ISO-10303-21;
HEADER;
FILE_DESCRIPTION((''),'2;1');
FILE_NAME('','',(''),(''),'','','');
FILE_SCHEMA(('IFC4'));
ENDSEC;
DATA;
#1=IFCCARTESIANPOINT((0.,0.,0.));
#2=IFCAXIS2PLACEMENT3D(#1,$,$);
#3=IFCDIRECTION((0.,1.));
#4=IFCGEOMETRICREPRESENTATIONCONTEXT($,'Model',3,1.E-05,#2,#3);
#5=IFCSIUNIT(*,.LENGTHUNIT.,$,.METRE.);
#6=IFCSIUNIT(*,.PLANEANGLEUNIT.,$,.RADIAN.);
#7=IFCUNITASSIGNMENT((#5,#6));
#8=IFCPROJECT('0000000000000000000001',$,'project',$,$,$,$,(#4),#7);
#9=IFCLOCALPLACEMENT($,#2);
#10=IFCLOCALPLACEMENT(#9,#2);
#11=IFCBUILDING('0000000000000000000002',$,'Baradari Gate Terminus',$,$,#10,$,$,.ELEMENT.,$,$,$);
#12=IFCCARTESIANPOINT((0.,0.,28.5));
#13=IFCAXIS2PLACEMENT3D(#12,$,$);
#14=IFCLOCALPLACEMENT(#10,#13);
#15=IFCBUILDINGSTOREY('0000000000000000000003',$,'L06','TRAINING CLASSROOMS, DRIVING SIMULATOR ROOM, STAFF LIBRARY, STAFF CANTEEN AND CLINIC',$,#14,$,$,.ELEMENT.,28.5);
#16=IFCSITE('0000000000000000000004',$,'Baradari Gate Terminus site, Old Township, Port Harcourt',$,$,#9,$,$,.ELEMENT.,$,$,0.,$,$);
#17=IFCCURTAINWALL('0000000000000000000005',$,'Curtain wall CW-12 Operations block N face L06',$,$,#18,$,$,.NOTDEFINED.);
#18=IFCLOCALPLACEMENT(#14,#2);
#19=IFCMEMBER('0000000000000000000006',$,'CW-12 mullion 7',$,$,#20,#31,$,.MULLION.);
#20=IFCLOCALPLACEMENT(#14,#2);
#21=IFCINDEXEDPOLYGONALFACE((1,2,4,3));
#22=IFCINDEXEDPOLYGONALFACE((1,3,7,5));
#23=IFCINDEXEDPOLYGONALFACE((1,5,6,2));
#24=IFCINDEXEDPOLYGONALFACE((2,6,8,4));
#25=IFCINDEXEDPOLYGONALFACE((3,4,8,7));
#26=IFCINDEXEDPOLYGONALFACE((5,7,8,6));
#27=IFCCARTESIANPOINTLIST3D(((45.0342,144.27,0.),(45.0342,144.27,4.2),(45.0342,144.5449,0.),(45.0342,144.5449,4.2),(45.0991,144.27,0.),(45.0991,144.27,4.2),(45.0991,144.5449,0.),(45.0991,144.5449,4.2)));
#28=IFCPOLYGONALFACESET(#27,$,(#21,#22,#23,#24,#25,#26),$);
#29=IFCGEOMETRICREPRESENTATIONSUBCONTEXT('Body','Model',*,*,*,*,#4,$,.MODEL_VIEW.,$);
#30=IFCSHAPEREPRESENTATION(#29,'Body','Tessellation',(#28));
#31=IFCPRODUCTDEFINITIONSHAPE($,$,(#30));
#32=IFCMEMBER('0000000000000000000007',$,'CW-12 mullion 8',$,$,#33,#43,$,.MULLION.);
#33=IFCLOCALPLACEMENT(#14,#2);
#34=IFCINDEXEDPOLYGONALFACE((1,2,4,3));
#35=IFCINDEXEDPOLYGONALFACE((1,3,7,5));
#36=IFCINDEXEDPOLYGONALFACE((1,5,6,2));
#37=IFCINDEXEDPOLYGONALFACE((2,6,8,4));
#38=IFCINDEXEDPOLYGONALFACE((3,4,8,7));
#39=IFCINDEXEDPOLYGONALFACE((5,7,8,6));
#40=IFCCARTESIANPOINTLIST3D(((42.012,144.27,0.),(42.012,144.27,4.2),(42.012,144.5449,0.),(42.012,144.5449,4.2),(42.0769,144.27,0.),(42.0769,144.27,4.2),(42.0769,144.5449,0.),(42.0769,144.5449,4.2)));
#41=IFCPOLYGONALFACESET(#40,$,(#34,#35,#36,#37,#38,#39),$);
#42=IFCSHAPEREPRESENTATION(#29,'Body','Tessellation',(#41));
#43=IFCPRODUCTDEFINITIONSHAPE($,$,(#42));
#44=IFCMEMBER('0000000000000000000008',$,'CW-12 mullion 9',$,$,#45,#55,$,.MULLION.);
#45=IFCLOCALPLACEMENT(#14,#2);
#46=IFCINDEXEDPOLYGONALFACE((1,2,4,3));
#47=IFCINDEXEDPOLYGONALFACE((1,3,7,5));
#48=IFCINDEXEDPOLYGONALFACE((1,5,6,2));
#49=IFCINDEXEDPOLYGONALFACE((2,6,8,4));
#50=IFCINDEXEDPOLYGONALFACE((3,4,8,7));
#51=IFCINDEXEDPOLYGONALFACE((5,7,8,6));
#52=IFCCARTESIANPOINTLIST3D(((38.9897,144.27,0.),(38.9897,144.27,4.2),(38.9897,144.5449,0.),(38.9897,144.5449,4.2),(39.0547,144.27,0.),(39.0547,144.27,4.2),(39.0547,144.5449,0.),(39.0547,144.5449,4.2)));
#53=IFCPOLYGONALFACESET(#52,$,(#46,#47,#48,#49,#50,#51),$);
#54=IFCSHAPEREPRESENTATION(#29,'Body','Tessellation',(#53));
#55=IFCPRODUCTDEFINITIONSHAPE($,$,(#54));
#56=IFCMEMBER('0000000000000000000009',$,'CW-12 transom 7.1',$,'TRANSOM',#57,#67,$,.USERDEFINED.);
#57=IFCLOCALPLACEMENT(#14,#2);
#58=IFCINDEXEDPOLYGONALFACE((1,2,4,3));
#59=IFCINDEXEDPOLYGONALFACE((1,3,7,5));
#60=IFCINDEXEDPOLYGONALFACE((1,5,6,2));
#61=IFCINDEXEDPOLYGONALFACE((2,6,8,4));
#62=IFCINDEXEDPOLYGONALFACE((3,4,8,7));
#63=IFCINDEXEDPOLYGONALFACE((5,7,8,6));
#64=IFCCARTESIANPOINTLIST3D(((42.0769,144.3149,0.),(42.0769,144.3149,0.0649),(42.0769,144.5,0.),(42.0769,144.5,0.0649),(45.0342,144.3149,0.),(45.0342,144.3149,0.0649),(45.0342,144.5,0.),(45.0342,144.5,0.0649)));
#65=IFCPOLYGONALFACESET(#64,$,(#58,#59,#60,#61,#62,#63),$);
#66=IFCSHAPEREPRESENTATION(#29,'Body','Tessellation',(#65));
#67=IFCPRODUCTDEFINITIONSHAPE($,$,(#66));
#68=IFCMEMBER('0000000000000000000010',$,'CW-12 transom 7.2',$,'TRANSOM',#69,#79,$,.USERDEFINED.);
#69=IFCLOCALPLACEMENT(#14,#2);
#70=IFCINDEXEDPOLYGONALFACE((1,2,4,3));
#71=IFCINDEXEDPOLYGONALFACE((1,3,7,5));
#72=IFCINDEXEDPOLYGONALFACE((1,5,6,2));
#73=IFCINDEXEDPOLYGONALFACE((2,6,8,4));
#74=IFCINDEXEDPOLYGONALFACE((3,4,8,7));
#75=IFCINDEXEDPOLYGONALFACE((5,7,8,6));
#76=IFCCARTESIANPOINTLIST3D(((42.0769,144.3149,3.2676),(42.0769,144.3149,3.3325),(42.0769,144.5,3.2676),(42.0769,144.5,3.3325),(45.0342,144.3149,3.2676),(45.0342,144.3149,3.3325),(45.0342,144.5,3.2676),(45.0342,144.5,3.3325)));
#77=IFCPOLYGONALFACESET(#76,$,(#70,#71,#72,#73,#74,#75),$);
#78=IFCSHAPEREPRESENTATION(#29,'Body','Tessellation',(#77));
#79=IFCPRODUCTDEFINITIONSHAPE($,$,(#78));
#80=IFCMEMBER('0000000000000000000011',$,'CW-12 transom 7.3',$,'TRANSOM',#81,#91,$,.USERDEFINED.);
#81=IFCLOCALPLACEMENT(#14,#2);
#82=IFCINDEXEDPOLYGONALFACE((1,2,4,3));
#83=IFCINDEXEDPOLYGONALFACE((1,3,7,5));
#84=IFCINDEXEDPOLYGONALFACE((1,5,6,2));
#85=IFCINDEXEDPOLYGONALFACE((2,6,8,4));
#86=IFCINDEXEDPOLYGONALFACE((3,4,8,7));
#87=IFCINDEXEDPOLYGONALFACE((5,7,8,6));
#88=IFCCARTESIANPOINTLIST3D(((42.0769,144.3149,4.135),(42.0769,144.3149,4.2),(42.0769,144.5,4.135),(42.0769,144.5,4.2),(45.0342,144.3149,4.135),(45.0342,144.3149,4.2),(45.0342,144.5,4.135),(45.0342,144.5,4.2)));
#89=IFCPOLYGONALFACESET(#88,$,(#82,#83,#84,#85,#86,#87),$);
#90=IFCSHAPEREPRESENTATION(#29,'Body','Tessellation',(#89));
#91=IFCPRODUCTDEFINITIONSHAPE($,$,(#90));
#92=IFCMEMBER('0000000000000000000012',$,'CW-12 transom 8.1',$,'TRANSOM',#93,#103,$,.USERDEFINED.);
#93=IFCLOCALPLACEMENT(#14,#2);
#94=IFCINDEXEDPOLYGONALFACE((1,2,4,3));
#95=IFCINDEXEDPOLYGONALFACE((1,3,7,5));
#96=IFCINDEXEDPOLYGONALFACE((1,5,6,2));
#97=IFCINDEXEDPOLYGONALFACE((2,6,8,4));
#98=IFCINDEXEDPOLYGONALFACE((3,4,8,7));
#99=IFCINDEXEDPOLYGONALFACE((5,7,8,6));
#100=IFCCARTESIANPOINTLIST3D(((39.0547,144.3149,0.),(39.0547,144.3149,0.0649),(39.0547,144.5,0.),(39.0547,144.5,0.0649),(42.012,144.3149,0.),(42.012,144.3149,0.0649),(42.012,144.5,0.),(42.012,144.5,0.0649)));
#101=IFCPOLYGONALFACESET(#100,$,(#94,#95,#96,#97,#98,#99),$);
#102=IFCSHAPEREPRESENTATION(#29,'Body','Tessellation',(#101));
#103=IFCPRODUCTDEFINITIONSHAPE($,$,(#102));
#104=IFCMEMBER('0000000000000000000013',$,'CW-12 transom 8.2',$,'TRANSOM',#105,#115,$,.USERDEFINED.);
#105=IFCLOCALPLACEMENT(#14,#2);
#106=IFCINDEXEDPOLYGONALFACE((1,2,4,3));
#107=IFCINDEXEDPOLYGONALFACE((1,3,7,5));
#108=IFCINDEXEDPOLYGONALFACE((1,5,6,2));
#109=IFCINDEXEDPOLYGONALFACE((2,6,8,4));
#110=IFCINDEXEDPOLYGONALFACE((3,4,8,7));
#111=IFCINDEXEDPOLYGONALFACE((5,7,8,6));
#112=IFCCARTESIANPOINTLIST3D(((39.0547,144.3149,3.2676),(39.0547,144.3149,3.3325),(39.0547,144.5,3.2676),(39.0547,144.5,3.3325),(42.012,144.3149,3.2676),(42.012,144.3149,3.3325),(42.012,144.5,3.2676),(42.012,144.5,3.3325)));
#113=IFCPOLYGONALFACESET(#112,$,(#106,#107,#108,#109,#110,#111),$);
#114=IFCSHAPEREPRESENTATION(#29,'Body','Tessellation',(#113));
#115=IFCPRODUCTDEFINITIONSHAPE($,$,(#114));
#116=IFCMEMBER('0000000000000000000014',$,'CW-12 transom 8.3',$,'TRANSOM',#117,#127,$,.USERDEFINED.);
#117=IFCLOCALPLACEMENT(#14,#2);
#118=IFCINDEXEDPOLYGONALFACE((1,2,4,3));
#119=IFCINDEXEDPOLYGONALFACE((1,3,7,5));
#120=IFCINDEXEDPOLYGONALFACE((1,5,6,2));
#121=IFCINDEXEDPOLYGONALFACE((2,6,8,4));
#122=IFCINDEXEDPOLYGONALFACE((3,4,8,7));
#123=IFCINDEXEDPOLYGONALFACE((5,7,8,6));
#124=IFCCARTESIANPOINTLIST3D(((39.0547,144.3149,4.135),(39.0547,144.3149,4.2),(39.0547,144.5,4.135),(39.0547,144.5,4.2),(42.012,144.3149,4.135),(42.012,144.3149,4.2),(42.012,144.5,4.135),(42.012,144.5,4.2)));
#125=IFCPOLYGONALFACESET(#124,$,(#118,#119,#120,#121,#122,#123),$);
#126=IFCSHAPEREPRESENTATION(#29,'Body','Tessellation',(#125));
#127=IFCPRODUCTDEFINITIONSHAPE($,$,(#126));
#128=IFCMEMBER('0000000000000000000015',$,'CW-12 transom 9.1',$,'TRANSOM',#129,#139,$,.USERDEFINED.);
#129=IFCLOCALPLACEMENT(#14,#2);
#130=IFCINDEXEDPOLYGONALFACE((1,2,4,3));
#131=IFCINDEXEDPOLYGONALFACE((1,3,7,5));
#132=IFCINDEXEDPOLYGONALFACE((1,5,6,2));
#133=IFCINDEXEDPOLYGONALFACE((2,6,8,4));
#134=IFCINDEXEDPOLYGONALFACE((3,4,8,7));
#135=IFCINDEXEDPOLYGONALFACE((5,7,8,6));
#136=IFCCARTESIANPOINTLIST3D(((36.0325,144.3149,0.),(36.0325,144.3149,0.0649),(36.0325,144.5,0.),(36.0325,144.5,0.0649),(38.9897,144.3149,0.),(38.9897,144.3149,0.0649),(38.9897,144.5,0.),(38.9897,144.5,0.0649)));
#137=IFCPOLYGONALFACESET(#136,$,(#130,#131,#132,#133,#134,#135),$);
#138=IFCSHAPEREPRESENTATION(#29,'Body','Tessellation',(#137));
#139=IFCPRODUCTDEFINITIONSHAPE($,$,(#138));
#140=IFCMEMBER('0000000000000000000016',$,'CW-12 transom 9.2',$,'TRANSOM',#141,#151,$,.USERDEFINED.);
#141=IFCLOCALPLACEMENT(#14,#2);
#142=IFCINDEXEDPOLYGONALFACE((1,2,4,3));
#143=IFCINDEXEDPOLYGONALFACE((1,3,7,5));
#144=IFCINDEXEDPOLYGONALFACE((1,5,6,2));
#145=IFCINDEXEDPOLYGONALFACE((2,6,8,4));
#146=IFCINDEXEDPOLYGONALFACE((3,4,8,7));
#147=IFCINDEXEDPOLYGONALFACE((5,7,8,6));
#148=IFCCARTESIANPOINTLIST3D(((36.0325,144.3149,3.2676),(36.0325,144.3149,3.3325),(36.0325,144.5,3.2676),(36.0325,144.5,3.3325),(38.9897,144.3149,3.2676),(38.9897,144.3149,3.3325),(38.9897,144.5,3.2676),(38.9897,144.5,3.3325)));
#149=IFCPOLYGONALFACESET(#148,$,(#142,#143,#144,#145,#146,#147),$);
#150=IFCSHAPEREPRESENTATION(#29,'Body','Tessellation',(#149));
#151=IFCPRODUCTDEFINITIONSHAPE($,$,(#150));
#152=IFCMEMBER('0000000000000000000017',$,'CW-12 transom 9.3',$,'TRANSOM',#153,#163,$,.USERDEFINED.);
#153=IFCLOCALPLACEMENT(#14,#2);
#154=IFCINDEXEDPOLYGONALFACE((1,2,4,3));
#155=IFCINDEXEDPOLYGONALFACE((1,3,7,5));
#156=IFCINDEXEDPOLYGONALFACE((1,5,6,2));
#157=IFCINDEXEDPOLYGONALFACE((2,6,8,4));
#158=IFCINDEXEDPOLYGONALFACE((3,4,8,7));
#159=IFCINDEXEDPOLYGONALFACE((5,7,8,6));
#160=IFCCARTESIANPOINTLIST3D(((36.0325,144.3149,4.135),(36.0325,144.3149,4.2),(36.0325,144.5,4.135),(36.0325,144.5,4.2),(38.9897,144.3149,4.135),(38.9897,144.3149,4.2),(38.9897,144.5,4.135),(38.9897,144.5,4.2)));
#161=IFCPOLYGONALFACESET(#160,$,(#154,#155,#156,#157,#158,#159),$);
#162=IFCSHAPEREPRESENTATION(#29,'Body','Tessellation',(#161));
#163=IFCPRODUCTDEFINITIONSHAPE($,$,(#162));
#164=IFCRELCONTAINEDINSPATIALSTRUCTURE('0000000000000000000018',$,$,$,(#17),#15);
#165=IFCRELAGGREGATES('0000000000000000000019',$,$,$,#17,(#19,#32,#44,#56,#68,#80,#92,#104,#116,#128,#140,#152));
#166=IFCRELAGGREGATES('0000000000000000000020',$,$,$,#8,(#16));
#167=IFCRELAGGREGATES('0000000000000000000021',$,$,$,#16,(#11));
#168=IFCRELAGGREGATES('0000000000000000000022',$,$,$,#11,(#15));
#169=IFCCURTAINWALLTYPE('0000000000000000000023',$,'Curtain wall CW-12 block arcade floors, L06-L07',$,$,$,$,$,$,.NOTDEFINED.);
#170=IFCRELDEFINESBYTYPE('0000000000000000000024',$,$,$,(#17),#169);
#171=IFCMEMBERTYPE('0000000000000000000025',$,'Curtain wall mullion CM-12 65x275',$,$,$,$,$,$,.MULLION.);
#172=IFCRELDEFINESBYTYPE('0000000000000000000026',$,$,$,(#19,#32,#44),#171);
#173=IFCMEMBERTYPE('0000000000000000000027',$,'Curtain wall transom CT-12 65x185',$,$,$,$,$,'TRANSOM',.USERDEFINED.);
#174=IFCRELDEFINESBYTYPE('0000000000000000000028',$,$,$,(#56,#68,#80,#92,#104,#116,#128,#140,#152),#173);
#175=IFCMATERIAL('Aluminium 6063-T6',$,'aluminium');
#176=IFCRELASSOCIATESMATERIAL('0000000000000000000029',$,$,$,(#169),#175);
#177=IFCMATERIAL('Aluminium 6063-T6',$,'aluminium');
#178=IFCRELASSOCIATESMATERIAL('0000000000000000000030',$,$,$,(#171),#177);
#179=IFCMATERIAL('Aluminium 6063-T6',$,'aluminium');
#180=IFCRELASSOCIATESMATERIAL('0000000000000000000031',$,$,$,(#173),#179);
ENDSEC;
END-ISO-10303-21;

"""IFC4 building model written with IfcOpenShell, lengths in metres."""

from ifc_helpers import new_model, si_unit, direction, frame, origin, origin_2d, place, context, subcontext, project, spatial, rectangle, extrude, material, material_profile, profile_set, type_object, element, aggregate, save


model = new_model("IFC4")

# Units and contexts
model_context = context("Model", 3, precision=1e-05, world=origin(), true_north=direction((0.0, 1.0)))
body_context = subcontext(model_context, "Body", "Model", "MODEL_VIEW")
ifc_project = project(units=[si_unit("LENGTHUNIT", "METRE"), si_unit("PLANEANGLEUNIT", "RADIAN")], contexts=[model_context])

# Site, building, storey
site_placement = place(None, origin())
site = spatial("IfcSite", under=ifc_project, at=site_placement, Name="Baradari Gate Terminus site, Old Township, Port Harcourt", CompositionType="ELEMENT", RefElevation=0.0)
building_placement = place(site_placement, origin())
building = spatial("IfcBuilding", under=site, at=building_placement, Name="Baradari Gate Terminus", CompositionType="ELEMENT")
storey_placement = place(building_placement, frame((0.0, 0.0, 28.5)))
storey = spatial("IfcBuildingStorey", under=building, at=storey_placement, Name="L06", Description="TRAINING CLASSROOMS, DRIVING SIMULATOR ROOM, STAFF LIBRARY, STAFF CANTEEN AND CLINIC", CompositionType="ELEMENT", Elevation=28.5)

# Curtain wall, members
ifc_material_1 = material(Name="Aluminium 6063-T6", Category="aluminium")
curtain_wall_type = type_object("IfcCurtainWallType", Name="Curtain wall CW-12 block arcade floors, L06-L07", PredefinedType="NOTDEFINED", material=ifc_material_1)
curtain_wall_placement = place(storey_placement, origin())
curtain_wall = element("IfcCurtainWall", 1, at=curtain_wall_placement, inside=storey, type_object=curtain_wall_type, Name="Curtain wall CW-12 Operations block N face L06", PredefinedType="NOTDEFINED")
ifc_material_2 = material(Name="Aluminium 6063-T6", Category="aluminium")
ifc_material_profile_1 = material_profile(ifc_material_2, rectangle(XDim=0.2749, YDim=0.0649, at=origin_2d()), Name="CM-12 65X275")
ifc_profile_set_1 = profile_set([ifc_material_profile_1], Name="Aluminium 6063-T6")
member_type_1 = type_object("IfcMemberType", Name="Curtain wall mullion CM-12 65x275", PredefinedType="MULLION", material=ifc_profile_set_1)
member_1_placement = place(storey_placement, frame((45.0667, 144.4075, 0.0), z_axis=(0.0, 0.0, 1.0), x_axis=(0.0, -1.0, 0.0)))
member_1 = element("IfcMember", 2, at=member_1_placement, type_object=member_type_1, Name="CW-12 mullion 7", PredefinedType="MULLION", context=body_context, shape_type="SweptSolid", body=[
    extrude(rectangle(XDim=0.2749, YDim=0.0649, at=origin_2d()), origin(), (0.0, 0.0, 1.0), 4.2),
])
member_2_placement = place(storey_placement, frame((42.0444, 144.4075, 0.0), z_axis=(0.0, 0.0, 1.0), x_axis=(0.0, -1.0, 0.0)))
member_2 = element("IfcMember", 3, at=member_2_placement, type_object=member_type_1, Name="CW-12 mullion 8", PredefinedType="MULLION", context=body_context, shape_type="SweptSolid", body=[
    extrude(rectangle(XDim=0.2749, YDim=0.0649, at=origin_2d()), origin(), (0.0, 0.0, 1.0), 4.2),
])
member_3_placement = place(storey_placement, frame((39.0222, 144.4075, 0.0), z_axis=(0.0, 0.0, 1.0), x_axis=(0.0, -1.0, 0.0)))
member_3 = element("IfcMember", 4, at=member_3_placement, type_object=member_type_1, Name="CW-12 mullion 9", PredefinedType="MULLION", context=body_context, shape_type="SweptSolid", body=[
    extrude(rectangle(XDim=0.2749, YDim=0.0649, at=origin_2d()), origin(), (0.0, 0.0, 1.0), 4.2),
])
ifc_material_3 = material(Name="Aluminium 6063-T6", Category="aluminium")
ifc_material_profile_2 = material_profile(ifc_material_3, rectangle(XDim=0.1851, YDim=0.0649, at=origin_2d()), Name="CT-12 65X185")
ifc_profile_set_2 = profile_set([ifc_material_profile_2], Name="Aluminium 6063-T6")
member_type_2 = type_object("IfcMemberType", Name="Curtain wall transom CT-12 65x185", ElementType="TRANSOM", PredefinedType="USERDEFINED", material=ifc_profile_set_2)
member_4_placement = place(storey_placement, frame((45.0342, 144.4075, 0.0325), z_axis=(-1.0, 0.0, 0.0), x_axis=(0.0, -1.0, 0.0)))
member_4 = element("IfcMember", 5, at=member_4_placement, type_object=member_type_2, Name="CW-12 transom 7.1", ObjectType="TRANSOM", PredefinedType="USERDEFINED", context=body_context, shape_type="SweptSolid", body=[
    extrude(rectangle(XDim=0.1851, YDim=0.0649, at=origin_2d()), origin(), (0.0, 0.0, 1.0), 2.9573),
])
member_5_placement = place(storey_placement, frame((45.0342, 144.4075, 3.3), z_axis=(-1.0, 0.0, 0.0), x_axis=(0.0, -1.0, 0.0)))
member_5 = element("IfcMember", 6, at=member_5_placement, type_object=member_type_2, Name="CW-12 transom 7.2", ObjectType="TRANSOM", PredefinedType="USERDEFINED", context=body_context, shape_type="SweptSolid", body=[
    extrude(rectangle(XDim=0.1851, YDim=0.0649, at=origin_2d()), origin(), (0.0, 0.0, 1.0), 2.9573),
])
member_6_placement = place(storey_placement, frame((45.0342, 144.4075, 4.1675), z_axis=(-1.0, 0.0, 0.0), x_axis=(0.0, -1.0, 0.0)))
member_6 = element("IfcMember", 7, at=member_6_placement, type_object=member_type_2, Name="CW-12 transom 7.3", ObjectType="TRANSOM", PredefinedType="USERDEFINED", context=body_context, shape_type="SweptSolid", body=[
    extrude(rectangle(XDim=0.1851, YDim=0.0649, at=origin_2d()), origin(), (0.0, 0.0, 1.0), 2.9573),
])
member_7_placement = place(storey_placement, frame((42.012, 144.4075, 0.0325), z_axis=(-1.0, 0.0, 0.0), x_axis=(0.0, -1.0, 0.0)))
member_7 = element("IfcMember", 8, at=member_7_placement, type_object=member_type_2, Name="CW-12 transom 8.1", ObjectType="TRANSOM", PredefinedType="USERDEFINED", context=body_context, shape_type="SweptSolid", body=[
    extrude(rectangle(XDim=0.1851, YDim=0.0649, at=origin_2d()), origin(), (0.0, 0.0, 1.0), 2.9573),
])
member_8_placement = place(storey_placement, frame((42.012, 144.4075, 3.3), z_axis=(-1.0, 0.0, 0.0), x_axis=(0.0, -1.0, 0.0)))
member_8 = element("IfcMember", 9, at=member_8_placement, type_object=member_type_2, Name="CW-12 transom 8.2", ObjectType="TRANSOM", PredefinedType="USERDEFINED", context=body_context, shape_type="SweptSolid", body=[
    extrude(rectangle(XDim=0.1851, YDim=0.0649, at=origin_2d()), origin(), (0.0, 0.0, 1.0), 2.9573),
])
member_9_placement = place(storey_placement, frame((42.012, 144.4075, 4.1675), z_axis=(-1.0, 0.0, 0.0), x_axis=(0.0, -1.0, 0.0)))
member_9 = element("IfcMember", 10, at=member_9_placement, type_object=member_type_2, Name="CW-12 transom 8.3", ObjectType="TRANSOM", PredefinedType="USERDEFINED", context=body_context, shape_type="SweptSolid", body=[
    extrude(rectangle(XDim=0.1851, YDim=0.0649, at=origin_2d()), origin(), (0.0, 0.0, 1.0), 2.9573),
])
member_10_placement = place(storey_placement, frame((38.9897, 144.4075, 0.0325), z_axis=(-1.0, 0.0, 0.0), x_axis=(0.0, -1.0, 0.0)))
member_10 = element("IfcMember", 11, at=member_10_placement, type_object=member_type_2, Name="CW-12 transom 9.1", ObjectType="TRANSOM", PredefinedType="USERDEFINED", context=body_context, shape_type="SweptSolid", body=[
    extrude(rectangle(XDim=0.1851, YDim=0.0649, at=origin_2d()), origin(), (0.0, 0.0, 1.0), 2.9573),
])
member_11_placement = place(storey_placement, frame((38.9897, 144.4075, 3.3), z_axis=(-1.0, 0.0, 0.0), x_axis=(0.0, -1.0, 0.0)))
member_11 = element("IfcMember", 12, at=member_11_placement, type_object=member_type_2, Name="CW-12 transom 9.2", ObjectType="TRANSOM", PredefinedType="USERDEFINED", context=body_context, shape_type="SweptSolid", body=[
    extrude(rectangle(XDim=0.1851, YDim=0.0649, at=origin_2d()), origin(), (0.0, 0.0, 1.0), 2.9573),
])
member_12_placement = place(storey_placement, frame((38.9897, 144.4075, 4.1675), z_axis=(-1.0, 0.0, 0.0), x_axis=(0.0, -1.0, 0.0)))
member_12 = element("IfcMember", 13, at=member_12_placement, type_object=member_type_2, Name="CW-12 transom 9.3", ObjectType="TRANSOM", PredefinedType="USERDEFINED", context=body_context, shape_type="SweptSolid", body=[
    extrude(rectangle(XDim=0.1851, YDim=0.0649, at=origin_2d()), origin(), (0.0, 0.0, 1.0), 2.9573),
])

aggregate(curtain_wall, [member_1, member_2, member_3, member_4, member_5, member_6, member_7, member_8, member_9, member_10, member_11, member_12])

save(model, "model.ifc")
